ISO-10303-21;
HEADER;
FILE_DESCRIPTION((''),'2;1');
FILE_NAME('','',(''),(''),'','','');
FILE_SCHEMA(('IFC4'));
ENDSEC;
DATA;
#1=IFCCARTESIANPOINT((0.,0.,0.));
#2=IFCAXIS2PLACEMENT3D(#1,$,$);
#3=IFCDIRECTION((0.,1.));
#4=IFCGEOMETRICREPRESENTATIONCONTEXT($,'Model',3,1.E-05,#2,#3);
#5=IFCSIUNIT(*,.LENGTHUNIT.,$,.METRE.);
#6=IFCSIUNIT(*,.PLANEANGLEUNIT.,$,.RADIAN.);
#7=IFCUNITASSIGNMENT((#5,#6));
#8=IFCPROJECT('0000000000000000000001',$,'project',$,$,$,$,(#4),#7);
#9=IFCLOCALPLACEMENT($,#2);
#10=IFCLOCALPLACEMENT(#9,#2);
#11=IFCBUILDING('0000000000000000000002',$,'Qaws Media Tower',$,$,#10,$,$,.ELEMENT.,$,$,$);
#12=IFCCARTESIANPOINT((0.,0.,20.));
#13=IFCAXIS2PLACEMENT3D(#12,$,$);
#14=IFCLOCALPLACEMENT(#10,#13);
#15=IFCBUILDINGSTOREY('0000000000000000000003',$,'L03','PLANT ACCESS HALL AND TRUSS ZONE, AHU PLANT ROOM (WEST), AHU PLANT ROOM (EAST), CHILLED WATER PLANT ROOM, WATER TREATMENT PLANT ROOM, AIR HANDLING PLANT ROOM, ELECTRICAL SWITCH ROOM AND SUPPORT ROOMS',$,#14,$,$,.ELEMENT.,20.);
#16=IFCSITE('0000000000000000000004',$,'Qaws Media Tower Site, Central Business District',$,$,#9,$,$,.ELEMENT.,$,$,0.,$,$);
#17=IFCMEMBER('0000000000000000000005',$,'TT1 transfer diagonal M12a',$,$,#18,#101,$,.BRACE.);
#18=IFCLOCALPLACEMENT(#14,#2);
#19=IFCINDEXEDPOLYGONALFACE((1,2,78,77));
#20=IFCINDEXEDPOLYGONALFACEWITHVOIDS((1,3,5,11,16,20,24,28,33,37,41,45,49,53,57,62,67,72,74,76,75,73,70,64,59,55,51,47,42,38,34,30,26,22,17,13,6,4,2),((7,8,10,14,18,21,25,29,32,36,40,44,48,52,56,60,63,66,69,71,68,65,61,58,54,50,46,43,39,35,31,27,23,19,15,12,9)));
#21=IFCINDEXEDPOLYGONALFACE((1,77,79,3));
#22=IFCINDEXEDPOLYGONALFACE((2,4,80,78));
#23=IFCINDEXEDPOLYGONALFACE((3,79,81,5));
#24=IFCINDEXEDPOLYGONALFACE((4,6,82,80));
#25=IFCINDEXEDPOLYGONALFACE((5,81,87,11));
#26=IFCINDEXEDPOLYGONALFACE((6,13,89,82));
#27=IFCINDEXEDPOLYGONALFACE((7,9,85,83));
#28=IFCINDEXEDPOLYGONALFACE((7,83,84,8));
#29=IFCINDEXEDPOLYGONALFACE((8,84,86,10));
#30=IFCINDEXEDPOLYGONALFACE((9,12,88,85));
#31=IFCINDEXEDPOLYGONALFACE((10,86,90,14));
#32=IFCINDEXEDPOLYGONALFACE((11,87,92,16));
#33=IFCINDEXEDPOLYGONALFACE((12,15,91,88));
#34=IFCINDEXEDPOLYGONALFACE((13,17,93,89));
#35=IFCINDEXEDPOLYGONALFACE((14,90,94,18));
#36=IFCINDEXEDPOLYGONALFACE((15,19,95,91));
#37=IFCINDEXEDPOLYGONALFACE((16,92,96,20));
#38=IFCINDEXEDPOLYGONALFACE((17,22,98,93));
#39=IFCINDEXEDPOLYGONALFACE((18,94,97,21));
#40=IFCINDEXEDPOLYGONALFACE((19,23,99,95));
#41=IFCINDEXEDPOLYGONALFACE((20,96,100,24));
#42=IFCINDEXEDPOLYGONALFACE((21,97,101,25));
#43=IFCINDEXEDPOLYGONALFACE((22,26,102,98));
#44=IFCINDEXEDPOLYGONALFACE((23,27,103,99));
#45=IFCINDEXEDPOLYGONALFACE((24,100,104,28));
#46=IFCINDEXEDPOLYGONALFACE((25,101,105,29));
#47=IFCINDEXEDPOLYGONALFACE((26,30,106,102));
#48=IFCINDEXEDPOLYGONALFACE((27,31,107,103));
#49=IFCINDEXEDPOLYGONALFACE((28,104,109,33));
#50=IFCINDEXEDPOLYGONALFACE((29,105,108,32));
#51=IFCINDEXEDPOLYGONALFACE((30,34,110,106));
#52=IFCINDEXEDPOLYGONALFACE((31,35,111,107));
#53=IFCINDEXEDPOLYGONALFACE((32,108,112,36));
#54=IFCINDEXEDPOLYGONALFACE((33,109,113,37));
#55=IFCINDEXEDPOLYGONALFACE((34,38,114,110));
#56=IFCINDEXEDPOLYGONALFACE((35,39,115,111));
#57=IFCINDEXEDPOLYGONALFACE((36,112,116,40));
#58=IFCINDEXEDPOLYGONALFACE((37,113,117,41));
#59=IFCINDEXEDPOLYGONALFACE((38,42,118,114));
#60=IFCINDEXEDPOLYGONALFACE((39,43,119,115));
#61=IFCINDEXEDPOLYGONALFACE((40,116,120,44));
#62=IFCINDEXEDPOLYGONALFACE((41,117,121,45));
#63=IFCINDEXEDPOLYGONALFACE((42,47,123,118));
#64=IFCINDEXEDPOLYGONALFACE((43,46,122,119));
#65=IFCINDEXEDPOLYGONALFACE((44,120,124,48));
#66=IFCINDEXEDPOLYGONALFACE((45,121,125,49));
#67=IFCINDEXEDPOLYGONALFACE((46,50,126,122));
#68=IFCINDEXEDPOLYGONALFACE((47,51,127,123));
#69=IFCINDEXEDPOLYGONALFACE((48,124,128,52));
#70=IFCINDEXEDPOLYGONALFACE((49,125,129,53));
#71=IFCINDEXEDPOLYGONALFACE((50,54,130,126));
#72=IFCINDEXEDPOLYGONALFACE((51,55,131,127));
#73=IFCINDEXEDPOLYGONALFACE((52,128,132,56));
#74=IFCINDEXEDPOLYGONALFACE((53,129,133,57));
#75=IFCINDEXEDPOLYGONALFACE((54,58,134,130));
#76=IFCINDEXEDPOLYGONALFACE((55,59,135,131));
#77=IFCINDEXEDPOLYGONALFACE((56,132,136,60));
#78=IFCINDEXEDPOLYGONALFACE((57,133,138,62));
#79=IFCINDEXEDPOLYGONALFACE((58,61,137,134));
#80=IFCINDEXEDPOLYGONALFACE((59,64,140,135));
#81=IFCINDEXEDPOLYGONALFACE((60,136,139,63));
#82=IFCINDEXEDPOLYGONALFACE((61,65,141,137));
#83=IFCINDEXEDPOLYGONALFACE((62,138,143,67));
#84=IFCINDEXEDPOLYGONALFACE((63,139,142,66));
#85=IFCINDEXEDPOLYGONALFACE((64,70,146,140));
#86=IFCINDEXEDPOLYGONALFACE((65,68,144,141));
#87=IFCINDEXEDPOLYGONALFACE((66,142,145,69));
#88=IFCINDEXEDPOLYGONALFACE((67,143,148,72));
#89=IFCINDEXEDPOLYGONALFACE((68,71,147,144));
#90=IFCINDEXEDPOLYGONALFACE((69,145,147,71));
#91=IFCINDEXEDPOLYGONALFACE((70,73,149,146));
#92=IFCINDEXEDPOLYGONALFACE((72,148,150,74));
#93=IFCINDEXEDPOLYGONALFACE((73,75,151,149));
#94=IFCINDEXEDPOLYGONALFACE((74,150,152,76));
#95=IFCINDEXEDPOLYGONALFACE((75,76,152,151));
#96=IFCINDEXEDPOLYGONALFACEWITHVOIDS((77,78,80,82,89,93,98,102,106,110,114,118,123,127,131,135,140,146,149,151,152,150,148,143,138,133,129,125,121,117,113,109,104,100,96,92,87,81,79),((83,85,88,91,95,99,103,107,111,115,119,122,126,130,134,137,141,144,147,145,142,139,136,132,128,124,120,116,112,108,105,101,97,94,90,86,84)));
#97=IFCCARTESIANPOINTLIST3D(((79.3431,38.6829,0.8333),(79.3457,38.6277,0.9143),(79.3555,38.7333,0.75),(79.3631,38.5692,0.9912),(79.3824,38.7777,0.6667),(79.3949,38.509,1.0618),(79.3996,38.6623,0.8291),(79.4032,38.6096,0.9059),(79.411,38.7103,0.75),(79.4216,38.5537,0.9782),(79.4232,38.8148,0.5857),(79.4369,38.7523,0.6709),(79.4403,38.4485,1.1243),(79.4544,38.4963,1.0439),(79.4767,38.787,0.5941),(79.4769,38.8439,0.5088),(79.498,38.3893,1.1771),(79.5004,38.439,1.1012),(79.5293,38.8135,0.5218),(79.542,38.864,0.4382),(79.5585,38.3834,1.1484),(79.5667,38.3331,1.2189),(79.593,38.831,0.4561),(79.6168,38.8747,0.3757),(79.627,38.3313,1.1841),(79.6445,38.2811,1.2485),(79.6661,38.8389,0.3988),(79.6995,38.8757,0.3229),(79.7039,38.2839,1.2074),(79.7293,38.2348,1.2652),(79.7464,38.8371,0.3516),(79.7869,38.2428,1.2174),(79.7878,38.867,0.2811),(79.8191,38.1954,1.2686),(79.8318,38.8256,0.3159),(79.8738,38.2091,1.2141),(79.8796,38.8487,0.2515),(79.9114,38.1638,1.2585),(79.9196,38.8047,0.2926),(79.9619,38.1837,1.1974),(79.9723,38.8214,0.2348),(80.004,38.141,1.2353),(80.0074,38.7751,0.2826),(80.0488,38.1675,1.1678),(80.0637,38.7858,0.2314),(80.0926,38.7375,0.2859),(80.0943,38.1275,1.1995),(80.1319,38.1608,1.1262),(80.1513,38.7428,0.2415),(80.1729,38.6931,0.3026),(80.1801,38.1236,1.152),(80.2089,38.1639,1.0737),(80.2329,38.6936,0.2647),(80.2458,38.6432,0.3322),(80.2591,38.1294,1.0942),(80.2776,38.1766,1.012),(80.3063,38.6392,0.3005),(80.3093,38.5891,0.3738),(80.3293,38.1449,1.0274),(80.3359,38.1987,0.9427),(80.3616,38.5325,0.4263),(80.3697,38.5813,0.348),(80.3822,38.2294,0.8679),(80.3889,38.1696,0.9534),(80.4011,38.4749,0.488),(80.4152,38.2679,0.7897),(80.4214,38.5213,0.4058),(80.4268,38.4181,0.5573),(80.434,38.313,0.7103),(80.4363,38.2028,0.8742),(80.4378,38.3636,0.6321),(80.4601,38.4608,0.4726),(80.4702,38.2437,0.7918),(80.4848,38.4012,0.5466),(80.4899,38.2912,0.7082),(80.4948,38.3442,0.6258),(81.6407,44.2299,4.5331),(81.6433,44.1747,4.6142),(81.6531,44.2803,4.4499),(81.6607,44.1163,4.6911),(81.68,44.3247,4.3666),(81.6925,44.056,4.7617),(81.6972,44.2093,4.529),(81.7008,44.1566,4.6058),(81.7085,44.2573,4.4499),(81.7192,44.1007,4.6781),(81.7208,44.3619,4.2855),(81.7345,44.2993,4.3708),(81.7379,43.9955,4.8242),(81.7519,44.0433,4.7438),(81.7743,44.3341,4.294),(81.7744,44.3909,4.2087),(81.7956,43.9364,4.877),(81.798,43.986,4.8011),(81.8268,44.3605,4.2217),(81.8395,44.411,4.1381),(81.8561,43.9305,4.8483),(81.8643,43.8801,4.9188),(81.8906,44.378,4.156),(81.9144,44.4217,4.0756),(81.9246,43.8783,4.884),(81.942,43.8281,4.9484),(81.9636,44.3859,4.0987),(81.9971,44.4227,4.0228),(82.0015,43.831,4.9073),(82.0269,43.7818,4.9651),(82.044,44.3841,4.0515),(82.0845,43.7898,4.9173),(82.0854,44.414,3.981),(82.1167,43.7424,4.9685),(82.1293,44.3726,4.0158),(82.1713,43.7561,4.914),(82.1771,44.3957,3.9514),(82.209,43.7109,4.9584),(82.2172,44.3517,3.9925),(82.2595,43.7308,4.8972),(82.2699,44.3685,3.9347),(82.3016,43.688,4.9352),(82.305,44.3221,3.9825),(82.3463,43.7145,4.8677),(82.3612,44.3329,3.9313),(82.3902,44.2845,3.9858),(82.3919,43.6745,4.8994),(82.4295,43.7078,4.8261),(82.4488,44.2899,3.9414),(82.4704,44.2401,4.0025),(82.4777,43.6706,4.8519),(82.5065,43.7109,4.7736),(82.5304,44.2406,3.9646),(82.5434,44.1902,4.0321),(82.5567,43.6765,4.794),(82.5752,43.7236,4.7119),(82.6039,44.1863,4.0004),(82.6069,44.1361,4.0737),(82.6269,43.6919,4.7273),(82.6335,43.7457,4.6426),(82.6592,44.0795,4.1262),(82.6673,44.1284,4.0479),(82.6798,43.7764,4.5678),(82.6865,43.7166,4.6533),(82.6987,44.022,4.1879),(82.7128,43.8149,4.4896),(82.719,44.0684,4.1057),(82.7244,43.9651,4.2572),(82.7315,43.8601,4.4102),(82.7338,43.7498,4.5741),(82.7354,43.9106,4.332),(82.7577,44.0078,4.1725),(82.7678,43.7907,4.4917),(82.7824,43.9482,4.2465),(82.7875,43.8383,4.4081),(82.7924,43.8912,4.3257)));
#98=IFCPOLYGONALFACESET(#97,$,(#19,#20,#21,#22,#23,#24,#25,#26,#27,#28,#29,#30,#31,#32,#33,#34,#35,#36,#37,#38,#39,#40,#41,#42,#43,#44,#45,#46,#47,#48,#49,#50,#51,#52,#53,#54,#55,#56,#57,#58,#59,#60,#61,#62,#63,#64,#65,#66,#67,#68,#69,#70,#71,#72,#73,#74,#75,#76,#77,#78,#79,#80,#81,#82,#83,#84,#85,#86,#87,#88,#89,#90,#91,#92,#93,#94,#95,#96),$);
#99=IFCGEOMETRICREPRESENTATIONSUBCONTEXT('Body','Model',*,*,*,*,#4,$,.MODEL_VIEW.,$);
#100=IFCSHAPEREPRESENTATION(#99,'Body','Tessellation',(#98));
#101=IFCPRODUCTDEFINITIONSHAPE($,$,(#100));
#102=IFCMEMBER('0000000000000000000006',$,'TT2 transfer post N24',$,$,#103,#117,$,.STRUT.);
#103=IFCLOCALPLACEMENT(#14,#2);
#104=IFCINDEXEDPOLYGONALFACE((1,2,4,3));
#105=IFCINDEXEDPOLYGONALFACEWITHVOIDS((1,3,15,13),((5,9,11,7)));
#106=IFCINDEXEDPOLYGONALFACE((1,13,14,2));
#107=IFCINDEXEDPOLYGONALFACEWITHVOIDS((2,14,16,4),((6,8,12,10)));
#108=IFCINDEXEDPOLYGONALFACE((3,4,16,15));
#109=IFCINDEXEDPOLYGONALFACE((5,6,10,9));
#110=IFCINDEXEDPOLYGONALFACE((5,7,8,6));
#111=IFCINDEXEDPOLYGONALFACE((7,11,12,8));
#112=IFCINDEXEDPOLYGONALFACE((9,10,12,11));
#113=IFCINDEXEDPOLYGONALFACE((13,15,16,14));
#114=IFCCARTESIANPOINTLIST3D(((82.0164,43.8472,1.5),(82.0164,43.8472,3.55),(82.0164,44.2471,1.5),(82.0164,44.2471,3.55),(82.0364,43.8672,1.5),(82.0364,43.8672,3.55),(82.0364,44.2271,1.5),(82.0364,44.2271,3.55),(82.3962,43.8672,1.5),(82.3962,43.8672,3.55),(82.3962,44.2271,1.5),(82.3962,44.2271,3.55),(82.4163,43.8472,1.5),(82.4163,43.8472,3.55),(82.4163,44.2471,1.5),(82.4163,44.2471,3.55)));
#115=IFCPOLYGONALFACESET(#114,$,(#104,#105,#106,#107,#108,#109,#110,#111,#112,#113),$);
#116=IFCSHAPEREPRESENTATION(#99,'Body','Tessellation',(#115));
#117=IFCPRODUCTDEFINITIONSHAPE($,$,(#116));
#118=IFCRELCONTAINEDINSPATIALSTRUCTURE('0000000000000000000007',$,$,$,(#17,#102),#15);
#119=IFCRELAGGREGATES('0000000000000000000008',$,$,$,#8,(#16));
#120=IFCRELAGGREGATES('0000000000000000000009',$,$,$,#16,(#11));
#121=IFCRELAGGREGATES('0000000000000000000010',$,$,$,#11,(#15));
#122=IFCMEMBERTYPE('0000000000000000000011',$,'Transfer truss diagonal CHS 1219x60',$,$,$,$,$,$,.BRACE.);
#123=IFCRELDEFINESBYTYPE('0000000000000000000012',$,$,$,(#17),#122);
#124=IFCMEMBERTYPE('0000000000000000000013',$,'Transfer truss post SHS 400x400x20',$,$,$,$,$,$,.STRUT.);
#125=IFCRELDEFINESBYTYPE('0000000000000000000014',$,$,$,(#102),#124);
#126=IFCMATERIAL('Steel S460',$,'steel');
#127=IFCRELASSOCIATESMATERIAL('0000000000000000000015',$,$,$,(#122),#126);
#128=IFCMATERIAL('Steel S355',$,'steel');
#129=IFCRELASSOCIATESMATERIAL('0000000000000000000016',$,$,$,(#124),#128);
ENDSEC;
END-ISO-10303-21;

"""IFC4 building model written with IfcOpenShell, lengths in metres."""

from ifc_helpers import new_model, si_unit, direction, frame, origin, origin_2d, place, context, subcontext, project, spatial, hollow_rectangle, hollow_circle, extrude, material, material_profile, profile_set, type_object, element, save


model = new_model("IFC4")

# Units and contexts
model_context = context("Model", 3, precision=1e-05, world=origin(), true_north=direction((0.0, 1.0)))
body_context = subcontext(model_context, "Body", "Model", "MODEL_VIEW")
ifc_project = project(units=[si_unit("LENGTHUNIT", "METRE"), si_unit("PLANEANGLEUNIT", "RADIAN")], contexts=[model_context])

# Site, building, storey
site_placement = place(None, origin())
site = spatial("IfcSite", under=ifc_project, at=site_placement, Name="Qaws Media Tower Site, Central Business District", CompositionType="ELEMENT", RefElevation=0.0)
building_placement = place(site_placement, origin())
building = spatial("IfcBuilding", under=site, at=building_placement, Name="Qaws Media Tower", CompositionType="ELEMENT")
storey_placement = place(building_placement, frame((0.0, 0.0, 20.0)))
storey = spatial("IfcBuildingStorey", under=building, at=storey_placement, Name="L03", Description="PLANT ACCESS HALL AND TRUSS ZONE, AHU PLANT ROOM (WEST), AHU PLANT ROOM (EAST), CHILLED WATER PLANT ROOM, WATER TREATMENT PLANT ROOM, AIR HANDLING PLANT ROOM, ELECTRICAL SWITCH ROOM AND SUPPORT ROOMS", CompositionType="ELEMENT", Elevation=20.0)

# Members
ifc_material_1 = material(Name="Steel S460", Category="steel")
ifc_material_profile_1 = material_profile(ifc_material_1, hollow_circle(Radius=0.6096, WallThickness=0.0601, at=origin_2d()), Name="CHS 1219x60")
ifc_profile_set_1 = profile_set([ifc_material_profile_1], Name="Steel S460")
member_type_1 = type_object("IfcMemberType", Name="Transfer truss diagonal CHS 1219x60", PredefinedType="BRACE", material=ifc_profile_set_1)
member_1_placement = place(storey_placement, frame((79.9187, 38.5, 0.75), z_axis=(0.325782, 0.786535, 0.524622), x_axis=(-0.923885, 0.382671, 0.0)))
element("IfcMember", 1, at=member_1_placement, inside=storey, type_object=member_type_1, Name="TT1 transfer diagonal M12a", PredefinedType="BRACE", context=body_context, shape_type="SweptSolid", body=[
    extrude(hollow_circle(Radius=0.6096, WallThickness=0.0601, at=origin_2d()), origin(), (0.0, 0.0, 1.0), 7.0525),
])
ifc_material_2 = material(Name="Steel S355", Category="steel")
ifc_material_profile_2 = material_profile(ifc_material_2, hollow_rectangle(XDim=0.3999, YDim=0.3999, WallThickness=0.02, at=origin_2d()), Name="SHS 400x400x20")
ifc_profile_set_2 = profile_set([ifc_material_profile_2], Name="Steel S355")
member_type_2 = type_object("IfcMemberType", Name="Transfer truss post SHS 400x400x20", PredefinedType="STRUT", material=ifc_profile_set_2)
member_2_placement = place(storey_placement, frame((82.2163, 44.0471, 1.5), z_axis=(0.0, 0.0, 1.0), x_axis=(1.0, 0.0, 0.0)))
element("IfcMember", 2, at=member_2_placement, inside=storey, type_object=member_type_2, Name="TT2 transfer post N24", PredefinedType="STRUT", context=body_context, shape_type="SweptSolid", body=[
    extrude(hollow_rectangle(XDim=0.3999, YDim=0.3999, WallThickness=0.02, at=origin_2d()), origin(), (0.0, 0.0, 1.0), 2.05),
])

save(model, "model.ifc")
